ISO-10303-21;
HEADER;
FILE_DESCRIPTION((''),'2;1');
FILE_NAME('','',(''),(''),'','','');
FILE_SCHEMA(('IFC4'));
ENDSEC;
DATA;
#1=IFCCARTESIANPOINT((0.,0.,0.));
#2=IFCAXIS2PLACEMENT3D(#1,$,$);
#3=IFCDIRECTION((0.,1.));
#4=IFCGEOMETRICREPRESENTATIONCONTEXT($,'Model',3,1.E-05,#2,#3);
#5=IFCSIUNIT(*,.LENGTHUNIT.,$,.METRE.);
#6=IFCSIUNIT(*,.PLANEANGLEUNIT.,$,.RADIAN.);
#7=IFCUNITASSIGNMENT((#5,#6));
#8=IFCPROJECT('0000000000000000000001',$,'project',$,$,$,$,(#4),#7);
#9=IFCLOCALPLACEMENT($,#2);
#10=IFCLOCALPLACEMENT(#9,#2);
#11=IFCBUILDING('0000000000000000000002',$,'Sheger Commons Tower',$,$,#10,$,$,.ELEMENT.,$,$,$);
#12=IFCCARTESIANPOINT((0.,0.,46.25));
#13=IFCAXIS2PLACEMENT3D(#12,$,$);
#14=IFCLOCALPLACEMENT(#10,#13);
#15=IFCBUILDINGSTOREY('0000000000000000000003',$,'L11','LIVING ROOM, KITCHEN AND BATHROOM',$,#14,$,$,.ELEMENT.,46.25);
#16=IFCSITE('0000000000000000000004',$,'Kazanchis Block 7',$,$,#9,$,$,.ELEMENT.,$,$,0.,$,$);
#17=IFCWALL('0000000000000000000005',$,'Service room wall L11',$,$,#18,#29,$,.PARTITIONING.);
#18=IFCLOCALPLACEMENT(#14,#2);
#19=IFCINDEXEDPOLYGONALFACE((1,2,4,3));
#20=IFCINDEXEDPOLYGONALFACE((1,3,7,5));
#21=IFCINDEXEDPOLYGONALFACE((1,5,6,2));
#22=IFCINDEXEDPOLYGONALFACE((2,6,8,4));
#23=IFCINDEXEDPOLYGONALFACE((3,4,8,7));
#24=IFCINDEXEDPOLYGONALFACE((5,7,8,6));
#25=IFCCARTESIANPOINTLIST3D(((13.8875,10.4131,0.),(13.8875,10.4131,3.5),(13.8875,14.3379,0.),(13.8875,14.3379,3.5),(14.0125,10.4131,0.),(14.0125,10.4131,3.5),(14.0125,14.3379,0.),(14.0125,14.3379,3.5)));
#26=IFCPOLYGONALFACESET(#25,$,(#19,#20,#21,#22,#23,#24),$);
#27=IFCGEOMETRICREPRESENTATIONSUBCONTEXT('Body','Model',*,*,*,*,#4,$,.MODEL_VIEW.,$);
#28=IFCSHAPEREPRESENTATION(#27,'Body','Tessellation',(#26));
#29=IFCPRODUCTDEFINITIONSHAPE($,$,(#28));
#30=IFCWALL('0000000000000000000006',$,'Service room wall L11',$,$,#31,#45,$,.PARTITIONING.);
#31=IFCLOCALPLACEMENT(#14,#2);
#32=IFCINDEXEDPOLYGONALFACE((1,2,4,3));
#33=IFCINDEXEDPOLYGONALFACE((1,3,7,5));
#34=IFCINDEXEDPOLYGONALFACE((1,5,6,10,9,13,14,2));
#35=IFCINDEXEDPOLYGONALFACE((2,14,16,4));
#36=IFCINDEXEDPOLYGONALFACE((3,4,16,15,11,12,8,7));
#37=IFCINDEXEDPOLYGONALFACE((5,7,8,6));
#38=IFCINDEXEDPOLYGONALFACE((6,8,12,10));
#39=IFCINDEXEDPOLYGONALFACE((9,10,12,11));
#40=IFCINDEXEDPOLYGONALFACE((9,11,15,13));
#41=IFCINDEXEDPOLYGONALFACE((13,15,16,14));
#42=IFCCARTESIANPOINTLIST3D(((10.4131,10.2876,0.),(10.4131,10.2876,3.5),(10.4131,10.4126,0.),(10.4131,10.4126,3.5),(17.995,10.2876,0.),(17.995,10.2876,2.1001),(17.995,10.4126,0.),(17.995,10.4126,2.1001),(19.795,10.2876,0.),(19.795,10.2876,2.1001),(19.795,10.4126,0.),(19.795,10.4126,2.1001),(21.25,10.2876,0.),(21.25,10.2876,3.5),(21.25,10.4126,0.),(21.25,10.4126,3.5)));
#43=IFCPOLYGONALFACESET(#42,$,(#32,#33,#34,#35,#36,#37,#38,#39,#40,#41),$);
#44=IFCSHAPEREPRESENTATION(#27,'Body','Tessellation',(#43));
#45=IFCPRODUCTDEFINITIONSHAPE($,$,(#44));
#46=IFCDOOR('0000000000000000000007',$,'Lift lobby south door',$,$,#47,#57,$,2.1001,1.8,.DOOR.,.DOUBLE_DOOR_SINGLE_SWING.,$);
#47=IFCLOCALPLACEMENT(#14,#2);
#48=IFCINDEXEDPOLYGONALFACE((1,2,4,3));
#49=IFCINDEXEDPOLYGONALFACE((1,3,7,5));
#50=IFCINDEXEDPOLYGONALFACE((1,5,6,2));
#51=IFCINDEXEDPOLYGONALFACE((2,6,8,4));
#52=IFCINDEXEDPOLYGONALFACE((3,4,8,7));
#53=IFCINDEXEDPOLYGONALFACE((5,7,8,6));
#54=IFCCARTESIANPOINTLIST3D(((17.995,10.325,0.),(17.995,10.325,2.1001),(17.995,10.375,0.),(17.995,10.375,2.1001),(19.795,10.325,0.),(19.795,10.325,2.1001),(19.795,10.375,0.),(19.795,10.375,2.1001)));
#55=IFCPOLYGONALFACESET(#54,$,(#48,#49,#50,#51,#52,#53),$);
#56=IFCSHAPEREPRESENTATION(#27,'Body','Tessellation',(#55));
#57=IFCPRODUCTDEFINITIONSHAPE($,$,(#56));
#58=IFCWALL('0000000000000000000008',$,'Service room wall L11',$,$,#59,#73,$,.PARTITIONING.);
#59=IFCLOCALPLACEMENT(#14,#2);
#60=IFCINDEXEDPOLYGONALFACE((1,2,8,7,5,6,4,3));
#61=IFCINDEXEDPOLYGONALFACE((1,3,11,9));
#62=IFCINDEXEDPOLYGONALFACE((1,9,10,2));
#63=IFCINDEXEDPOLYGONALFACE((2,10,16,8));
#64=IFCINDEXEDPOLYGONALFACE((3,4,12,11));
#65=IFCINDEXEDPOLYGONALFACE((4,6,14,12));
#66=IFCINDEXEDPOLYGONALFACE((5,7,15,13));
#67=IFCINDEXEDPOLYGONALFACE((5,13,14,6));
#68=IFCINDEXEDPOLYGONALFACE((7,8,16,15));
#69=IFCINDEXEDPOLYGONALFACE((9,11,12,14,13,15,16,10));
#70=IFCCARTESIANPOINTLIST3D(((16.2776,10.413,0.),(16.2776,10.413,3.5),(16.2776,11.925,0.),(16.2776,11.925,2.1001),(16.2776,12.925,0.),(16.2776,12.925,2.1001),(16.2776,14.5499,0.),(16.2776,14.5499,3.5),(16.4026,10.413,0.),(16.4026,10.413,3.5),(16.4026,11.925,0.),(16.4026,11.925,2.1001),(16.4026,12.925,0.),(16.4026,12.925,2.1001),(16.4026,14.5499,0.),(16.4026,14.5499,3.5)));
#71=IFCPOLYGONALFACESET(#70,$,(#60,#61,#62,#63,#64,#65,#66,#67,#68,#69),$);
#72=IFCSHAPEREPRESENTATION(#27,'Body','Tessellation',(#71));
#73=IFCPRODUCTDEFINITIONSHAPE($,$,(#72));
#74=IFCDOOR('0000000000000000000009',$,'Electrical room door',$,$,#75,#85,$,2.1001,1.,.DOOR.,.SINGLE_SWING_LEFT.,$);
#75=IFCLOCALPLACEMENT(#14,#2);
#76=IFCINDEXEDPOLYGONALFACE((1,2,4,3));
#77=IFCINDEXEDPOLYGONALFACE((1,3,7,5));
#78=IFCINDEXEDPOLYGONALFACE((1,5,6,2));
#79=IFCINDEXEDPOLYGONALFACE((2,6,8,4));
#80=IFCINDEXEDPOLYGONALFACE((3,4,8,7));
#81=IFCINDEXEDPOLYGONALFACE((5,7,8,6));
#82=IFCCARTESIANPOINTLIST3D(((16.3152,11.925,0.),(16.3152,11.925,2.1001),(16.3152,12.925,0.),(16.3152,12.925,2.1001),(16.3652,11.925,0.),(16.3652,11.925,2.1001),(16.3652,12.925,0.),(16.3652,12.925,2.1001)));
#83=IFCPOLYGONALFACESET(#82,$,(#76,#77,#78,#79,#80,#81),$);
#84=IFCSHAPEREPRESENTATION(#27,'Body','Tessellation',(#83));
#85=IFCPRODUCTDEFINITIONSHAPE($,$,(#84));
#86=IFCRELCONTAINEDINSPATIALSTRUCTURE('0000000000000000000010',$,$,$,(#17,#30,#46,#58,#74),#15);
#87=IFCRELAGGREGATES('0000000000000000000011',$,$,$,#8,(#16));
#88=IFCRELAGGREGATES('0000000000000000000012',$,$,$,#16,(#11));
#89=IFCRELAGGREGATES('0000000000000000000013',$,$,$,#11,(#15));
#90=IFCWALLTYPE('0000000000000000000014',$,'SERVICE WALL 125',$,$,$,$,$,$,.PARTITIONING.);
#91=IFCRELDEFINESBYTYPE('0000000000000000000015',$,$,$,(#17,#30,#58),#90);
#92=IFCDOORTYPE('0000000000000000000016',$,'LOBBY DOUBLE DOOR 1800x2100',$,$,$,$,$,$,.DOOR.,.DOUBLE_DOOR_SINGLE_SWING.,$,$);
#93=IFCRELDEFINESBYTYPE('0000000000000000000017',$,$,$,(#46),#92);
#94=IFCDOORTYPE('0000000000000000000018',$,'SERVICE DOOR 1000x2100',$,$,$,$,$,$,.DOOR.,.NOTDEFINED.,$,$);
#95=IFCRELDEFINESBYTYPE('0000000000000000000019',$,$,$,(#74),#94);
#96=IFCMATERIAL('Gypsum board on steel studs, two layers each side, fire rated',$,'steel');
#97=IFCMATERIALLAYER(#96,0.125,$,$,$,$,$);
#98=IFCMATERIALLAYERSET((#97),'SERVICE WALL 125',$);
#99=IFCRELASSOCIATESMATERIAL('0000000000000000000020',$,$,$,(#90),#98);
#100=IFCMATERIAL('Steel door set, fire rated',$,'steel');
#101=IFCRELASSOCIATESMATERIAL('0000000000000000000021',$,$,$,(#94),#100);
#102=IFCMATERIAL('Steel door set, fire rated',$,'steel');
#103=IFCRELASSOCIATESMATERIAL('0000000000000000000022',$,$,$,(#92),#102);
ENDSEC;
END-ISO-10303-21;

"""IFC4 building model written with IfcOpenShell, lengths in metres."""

from ifc_helpers import new_model, si_unit, direction, frame, frame_2d, origin, place, context, subcontext, project, spatial, rectangle, extrude, material, layer, layer_set, type_object, element, fill, save


model = new_model("IFC4")

# Units and contexts
model_context = context("Model", 3, precision=1e-05, world=origin(), true_north=direction((0.0, 1.0)))
body_context = subcontext(model_context, "Body", "Model", "MODEL_VIEW")
ifc_project = project(units=[si_unit("LENGTHUNIT", "METRE"), si_unit("PLANEANGLEUNIT", "RADIAN")], contexts=[model_context])

# Site, building, storey
site_placement = place(None, origin())
site = spatial("IfcSite", under=ifc_project, at=site_placement, Name="Kazanchis Block 7", CompositionType="ELEMENT", RefElevation=0.0)
building_placement = place(site_placement, origin())
building = spatial("IfcBuilding", under=site, at=building_placement, Name="Sheger Commons Tower", CompositionType="ELEMENT")
storey_placement = place(building_placement, frame((0.0, 0.0, 46.25)))
storey = spatial("IfcBuildingStorey", under=building, at=storey_placement, Name="L11", Description="LIVING ROOM, KITCHEN AND BATHROOM", CompositionType="ELEMENT", Elevation=46.25)

# Shared definitions
ifc_material_1 = material(Name="Gypsum board on steel studs, two layers each side, fire rated", Category="steel")
ifc_layer_1 = layer(ifc_material_1, 0.125)
ifc_layer_set_1 = layer_set([ifc_layer_1], Name="SERVICE WALL 125")
wall_type_1 = type_object("IfcWallType", Name="SERVICE WALL 125", PredefinedType="PARTITIONING", material=ifc_layer_set_1)
ifc_material_2 = material(Name="Steel door set, fire rated", Category="steel")
door_type_1 = type_object("IfcDoorType", Name="SERVICE DOOR 1000x2100", OperationType="NOTDEFINED", PredefinedType="DOOR", material=ifc_material_2)

# Wall
wall_1_placement = place(storey_placement, frame((13.95, 10.4131, 0.0), z_axis=(0.0, 0.0, 1.0), x_axis=(0.0, 1.0, 0.0)))
element("IfcWall", 1, at=wall_1_placement, inside=storey, type_object=wall_type_1, Name="Service room wall L11", PredefinedType="PARTITIONING", context=body_context, shape_type="SweptSolid", body=[
    extrude(rectangle(XDim=3.9248, YDim=0.125, at=frame_2d((1.9624, 0.0))), origin(), (0.0, 0.0, 1.0), 3.5),
])

# Walls, openings, doors
wall_2_placement = place(storey_placement, frame((10.4131, 10.3501, 0.0), z_axis=(0.0, 0.0, 1.0), x_axis=(1.0, 0.0, 0.0)))
wall_2 = element("IfcWall", 2, at=wall_2_placement, inside=storey, type_object=wall_type_1, Name="Service room wall L11", PredefinedType="PARTITIONING", context=body_context, shape_type="SweptSolid", body=[
    extrude(rectangle(XDim=10.8369, YDim=0.125, at=frame_2d((5.4185, 0.0))), origin(), (0.0, 0.0, 1.0), 3.5),
])
opening_1_placement = place(wall_2_placement, frame((7.582, 0.0, 0.0)))
opening_1 = element("IfcOpeningElement", 3, at=opening_1_placement, cuts=wall_2, PredefinedType="OPENING", context=body_context, shape_type="SweptSolid", body=[
    extrude(rectangle(XDim=1.8, YDim=2.1001, at=frame_2d((0.8999, 1.05))), frame((0.0, 0.0725, 0.0), z_axis=(0.0, -1.0, 0.0), x_axis=(1.0, 0.0, 0.0)), (0.0, 0.0, 1.0), 0.145),
])
ifc_material_3 = material(Name="Steel door set, fire rated", Category="steel")
door_type_2 = type_object("IfcDoorType", Name="LOBBY DOUBLE DOOR 1800x2100", OperationType="DOUBLE_DOOR_SINGLE_SWING", PredefinedType="DOOR", material=ifc_material_3)
door_1_placement = place(opening_1_placement, origin())
door_1 = element("IfcDoor", 4, at=door_1_placement, inside=storey, type_object=door_type_2, Name="Lift lobby south door", OperationType="DOUBLE_DOOR_SINGLE_SWING", OverallHeight=2.1001, OverallWidth=1.8, PredefinedType="DOOR", context=body_context, shape_type="SweptSolid", body=[
    extrude(rectangle(XDim=1.8, YDim=2.1001, at=frame_2d((0.8999, 1.05))), frame((0.0, 0.0249, 0.0), z_axis=(0.0, -1.0, 0.0), x_axis=(1.0, 0.0, 0.0)), (0.0, 0.0, 1.0), 0.05),
])
fill(opening_1, door_1)
wall_3_placement = place(storey_placement, frame((16.3401, 10.4131, 0.0), z_axis=(0.0, 0.0, 1.0), x_axis=(0.0, 1.0, 0.0)))
wall_3 = element("IfcWall", 5, at=wall_3_placement, inside=storey, type_object=wall_type_1, Name="Service room wall L11", PredefinedType="PARTITIONING", context=body_context, shape_type="SweptSolid", body=[
    extrude(rectangle(XDim=4.137, YDim=0.125, at=frame_2d((2.0684, 0.0))), origin(), (0.0, 0.0, 1.0), 3.5),
])
opening_2_placement = place(wall_3_placement, frame((1.512, 0.0, 0.0)))
opening_2 = element("IfcOpeningElement", 6, at=opening_2_placement, cuts=wall_3, PredefinedType="OPENING", context=body_context, shape_type="SweptSolid", body=[
    extrude(rectangle(XDim=1.0, YDim=2.1001, at=frame_2d((0.5, 1.05))), frame((0.0, 0.0725, 0.0), z_axis=(0.0, -1.0, 0.0), x_axis=(1.0, 0.0, 0.0)), (0.0, 0.0, 1.0), 0.145),
])
door_2_placement = place(opening_2_placement, origin())
door_2 = element("IfcDoor", 7, at=door_2_placement, inside=storey, type_object=door_type_1, Name="Electrical room door", OperationType="SINGLE_SWING_LEFT", OverallHeight=2.1001, OverallWidth=1.0, PredefinedType="DOOR", context=body_context, shape_type="SweptSolid", body=[
    extrude(rectangle(XDim=1.0, YDim=2.1001, at=frame_2d((0.5, 1.05))), frame((0.0, 0.0249, 0.0), z_axis=(0.0, -1.0, 0.0), x_axis=(1.0, 0.0, 0.0)), (0.0, 0.0, 1.0), 0.05),
])
fill(opening_2, door_2)

save(model, "model.ifc")
